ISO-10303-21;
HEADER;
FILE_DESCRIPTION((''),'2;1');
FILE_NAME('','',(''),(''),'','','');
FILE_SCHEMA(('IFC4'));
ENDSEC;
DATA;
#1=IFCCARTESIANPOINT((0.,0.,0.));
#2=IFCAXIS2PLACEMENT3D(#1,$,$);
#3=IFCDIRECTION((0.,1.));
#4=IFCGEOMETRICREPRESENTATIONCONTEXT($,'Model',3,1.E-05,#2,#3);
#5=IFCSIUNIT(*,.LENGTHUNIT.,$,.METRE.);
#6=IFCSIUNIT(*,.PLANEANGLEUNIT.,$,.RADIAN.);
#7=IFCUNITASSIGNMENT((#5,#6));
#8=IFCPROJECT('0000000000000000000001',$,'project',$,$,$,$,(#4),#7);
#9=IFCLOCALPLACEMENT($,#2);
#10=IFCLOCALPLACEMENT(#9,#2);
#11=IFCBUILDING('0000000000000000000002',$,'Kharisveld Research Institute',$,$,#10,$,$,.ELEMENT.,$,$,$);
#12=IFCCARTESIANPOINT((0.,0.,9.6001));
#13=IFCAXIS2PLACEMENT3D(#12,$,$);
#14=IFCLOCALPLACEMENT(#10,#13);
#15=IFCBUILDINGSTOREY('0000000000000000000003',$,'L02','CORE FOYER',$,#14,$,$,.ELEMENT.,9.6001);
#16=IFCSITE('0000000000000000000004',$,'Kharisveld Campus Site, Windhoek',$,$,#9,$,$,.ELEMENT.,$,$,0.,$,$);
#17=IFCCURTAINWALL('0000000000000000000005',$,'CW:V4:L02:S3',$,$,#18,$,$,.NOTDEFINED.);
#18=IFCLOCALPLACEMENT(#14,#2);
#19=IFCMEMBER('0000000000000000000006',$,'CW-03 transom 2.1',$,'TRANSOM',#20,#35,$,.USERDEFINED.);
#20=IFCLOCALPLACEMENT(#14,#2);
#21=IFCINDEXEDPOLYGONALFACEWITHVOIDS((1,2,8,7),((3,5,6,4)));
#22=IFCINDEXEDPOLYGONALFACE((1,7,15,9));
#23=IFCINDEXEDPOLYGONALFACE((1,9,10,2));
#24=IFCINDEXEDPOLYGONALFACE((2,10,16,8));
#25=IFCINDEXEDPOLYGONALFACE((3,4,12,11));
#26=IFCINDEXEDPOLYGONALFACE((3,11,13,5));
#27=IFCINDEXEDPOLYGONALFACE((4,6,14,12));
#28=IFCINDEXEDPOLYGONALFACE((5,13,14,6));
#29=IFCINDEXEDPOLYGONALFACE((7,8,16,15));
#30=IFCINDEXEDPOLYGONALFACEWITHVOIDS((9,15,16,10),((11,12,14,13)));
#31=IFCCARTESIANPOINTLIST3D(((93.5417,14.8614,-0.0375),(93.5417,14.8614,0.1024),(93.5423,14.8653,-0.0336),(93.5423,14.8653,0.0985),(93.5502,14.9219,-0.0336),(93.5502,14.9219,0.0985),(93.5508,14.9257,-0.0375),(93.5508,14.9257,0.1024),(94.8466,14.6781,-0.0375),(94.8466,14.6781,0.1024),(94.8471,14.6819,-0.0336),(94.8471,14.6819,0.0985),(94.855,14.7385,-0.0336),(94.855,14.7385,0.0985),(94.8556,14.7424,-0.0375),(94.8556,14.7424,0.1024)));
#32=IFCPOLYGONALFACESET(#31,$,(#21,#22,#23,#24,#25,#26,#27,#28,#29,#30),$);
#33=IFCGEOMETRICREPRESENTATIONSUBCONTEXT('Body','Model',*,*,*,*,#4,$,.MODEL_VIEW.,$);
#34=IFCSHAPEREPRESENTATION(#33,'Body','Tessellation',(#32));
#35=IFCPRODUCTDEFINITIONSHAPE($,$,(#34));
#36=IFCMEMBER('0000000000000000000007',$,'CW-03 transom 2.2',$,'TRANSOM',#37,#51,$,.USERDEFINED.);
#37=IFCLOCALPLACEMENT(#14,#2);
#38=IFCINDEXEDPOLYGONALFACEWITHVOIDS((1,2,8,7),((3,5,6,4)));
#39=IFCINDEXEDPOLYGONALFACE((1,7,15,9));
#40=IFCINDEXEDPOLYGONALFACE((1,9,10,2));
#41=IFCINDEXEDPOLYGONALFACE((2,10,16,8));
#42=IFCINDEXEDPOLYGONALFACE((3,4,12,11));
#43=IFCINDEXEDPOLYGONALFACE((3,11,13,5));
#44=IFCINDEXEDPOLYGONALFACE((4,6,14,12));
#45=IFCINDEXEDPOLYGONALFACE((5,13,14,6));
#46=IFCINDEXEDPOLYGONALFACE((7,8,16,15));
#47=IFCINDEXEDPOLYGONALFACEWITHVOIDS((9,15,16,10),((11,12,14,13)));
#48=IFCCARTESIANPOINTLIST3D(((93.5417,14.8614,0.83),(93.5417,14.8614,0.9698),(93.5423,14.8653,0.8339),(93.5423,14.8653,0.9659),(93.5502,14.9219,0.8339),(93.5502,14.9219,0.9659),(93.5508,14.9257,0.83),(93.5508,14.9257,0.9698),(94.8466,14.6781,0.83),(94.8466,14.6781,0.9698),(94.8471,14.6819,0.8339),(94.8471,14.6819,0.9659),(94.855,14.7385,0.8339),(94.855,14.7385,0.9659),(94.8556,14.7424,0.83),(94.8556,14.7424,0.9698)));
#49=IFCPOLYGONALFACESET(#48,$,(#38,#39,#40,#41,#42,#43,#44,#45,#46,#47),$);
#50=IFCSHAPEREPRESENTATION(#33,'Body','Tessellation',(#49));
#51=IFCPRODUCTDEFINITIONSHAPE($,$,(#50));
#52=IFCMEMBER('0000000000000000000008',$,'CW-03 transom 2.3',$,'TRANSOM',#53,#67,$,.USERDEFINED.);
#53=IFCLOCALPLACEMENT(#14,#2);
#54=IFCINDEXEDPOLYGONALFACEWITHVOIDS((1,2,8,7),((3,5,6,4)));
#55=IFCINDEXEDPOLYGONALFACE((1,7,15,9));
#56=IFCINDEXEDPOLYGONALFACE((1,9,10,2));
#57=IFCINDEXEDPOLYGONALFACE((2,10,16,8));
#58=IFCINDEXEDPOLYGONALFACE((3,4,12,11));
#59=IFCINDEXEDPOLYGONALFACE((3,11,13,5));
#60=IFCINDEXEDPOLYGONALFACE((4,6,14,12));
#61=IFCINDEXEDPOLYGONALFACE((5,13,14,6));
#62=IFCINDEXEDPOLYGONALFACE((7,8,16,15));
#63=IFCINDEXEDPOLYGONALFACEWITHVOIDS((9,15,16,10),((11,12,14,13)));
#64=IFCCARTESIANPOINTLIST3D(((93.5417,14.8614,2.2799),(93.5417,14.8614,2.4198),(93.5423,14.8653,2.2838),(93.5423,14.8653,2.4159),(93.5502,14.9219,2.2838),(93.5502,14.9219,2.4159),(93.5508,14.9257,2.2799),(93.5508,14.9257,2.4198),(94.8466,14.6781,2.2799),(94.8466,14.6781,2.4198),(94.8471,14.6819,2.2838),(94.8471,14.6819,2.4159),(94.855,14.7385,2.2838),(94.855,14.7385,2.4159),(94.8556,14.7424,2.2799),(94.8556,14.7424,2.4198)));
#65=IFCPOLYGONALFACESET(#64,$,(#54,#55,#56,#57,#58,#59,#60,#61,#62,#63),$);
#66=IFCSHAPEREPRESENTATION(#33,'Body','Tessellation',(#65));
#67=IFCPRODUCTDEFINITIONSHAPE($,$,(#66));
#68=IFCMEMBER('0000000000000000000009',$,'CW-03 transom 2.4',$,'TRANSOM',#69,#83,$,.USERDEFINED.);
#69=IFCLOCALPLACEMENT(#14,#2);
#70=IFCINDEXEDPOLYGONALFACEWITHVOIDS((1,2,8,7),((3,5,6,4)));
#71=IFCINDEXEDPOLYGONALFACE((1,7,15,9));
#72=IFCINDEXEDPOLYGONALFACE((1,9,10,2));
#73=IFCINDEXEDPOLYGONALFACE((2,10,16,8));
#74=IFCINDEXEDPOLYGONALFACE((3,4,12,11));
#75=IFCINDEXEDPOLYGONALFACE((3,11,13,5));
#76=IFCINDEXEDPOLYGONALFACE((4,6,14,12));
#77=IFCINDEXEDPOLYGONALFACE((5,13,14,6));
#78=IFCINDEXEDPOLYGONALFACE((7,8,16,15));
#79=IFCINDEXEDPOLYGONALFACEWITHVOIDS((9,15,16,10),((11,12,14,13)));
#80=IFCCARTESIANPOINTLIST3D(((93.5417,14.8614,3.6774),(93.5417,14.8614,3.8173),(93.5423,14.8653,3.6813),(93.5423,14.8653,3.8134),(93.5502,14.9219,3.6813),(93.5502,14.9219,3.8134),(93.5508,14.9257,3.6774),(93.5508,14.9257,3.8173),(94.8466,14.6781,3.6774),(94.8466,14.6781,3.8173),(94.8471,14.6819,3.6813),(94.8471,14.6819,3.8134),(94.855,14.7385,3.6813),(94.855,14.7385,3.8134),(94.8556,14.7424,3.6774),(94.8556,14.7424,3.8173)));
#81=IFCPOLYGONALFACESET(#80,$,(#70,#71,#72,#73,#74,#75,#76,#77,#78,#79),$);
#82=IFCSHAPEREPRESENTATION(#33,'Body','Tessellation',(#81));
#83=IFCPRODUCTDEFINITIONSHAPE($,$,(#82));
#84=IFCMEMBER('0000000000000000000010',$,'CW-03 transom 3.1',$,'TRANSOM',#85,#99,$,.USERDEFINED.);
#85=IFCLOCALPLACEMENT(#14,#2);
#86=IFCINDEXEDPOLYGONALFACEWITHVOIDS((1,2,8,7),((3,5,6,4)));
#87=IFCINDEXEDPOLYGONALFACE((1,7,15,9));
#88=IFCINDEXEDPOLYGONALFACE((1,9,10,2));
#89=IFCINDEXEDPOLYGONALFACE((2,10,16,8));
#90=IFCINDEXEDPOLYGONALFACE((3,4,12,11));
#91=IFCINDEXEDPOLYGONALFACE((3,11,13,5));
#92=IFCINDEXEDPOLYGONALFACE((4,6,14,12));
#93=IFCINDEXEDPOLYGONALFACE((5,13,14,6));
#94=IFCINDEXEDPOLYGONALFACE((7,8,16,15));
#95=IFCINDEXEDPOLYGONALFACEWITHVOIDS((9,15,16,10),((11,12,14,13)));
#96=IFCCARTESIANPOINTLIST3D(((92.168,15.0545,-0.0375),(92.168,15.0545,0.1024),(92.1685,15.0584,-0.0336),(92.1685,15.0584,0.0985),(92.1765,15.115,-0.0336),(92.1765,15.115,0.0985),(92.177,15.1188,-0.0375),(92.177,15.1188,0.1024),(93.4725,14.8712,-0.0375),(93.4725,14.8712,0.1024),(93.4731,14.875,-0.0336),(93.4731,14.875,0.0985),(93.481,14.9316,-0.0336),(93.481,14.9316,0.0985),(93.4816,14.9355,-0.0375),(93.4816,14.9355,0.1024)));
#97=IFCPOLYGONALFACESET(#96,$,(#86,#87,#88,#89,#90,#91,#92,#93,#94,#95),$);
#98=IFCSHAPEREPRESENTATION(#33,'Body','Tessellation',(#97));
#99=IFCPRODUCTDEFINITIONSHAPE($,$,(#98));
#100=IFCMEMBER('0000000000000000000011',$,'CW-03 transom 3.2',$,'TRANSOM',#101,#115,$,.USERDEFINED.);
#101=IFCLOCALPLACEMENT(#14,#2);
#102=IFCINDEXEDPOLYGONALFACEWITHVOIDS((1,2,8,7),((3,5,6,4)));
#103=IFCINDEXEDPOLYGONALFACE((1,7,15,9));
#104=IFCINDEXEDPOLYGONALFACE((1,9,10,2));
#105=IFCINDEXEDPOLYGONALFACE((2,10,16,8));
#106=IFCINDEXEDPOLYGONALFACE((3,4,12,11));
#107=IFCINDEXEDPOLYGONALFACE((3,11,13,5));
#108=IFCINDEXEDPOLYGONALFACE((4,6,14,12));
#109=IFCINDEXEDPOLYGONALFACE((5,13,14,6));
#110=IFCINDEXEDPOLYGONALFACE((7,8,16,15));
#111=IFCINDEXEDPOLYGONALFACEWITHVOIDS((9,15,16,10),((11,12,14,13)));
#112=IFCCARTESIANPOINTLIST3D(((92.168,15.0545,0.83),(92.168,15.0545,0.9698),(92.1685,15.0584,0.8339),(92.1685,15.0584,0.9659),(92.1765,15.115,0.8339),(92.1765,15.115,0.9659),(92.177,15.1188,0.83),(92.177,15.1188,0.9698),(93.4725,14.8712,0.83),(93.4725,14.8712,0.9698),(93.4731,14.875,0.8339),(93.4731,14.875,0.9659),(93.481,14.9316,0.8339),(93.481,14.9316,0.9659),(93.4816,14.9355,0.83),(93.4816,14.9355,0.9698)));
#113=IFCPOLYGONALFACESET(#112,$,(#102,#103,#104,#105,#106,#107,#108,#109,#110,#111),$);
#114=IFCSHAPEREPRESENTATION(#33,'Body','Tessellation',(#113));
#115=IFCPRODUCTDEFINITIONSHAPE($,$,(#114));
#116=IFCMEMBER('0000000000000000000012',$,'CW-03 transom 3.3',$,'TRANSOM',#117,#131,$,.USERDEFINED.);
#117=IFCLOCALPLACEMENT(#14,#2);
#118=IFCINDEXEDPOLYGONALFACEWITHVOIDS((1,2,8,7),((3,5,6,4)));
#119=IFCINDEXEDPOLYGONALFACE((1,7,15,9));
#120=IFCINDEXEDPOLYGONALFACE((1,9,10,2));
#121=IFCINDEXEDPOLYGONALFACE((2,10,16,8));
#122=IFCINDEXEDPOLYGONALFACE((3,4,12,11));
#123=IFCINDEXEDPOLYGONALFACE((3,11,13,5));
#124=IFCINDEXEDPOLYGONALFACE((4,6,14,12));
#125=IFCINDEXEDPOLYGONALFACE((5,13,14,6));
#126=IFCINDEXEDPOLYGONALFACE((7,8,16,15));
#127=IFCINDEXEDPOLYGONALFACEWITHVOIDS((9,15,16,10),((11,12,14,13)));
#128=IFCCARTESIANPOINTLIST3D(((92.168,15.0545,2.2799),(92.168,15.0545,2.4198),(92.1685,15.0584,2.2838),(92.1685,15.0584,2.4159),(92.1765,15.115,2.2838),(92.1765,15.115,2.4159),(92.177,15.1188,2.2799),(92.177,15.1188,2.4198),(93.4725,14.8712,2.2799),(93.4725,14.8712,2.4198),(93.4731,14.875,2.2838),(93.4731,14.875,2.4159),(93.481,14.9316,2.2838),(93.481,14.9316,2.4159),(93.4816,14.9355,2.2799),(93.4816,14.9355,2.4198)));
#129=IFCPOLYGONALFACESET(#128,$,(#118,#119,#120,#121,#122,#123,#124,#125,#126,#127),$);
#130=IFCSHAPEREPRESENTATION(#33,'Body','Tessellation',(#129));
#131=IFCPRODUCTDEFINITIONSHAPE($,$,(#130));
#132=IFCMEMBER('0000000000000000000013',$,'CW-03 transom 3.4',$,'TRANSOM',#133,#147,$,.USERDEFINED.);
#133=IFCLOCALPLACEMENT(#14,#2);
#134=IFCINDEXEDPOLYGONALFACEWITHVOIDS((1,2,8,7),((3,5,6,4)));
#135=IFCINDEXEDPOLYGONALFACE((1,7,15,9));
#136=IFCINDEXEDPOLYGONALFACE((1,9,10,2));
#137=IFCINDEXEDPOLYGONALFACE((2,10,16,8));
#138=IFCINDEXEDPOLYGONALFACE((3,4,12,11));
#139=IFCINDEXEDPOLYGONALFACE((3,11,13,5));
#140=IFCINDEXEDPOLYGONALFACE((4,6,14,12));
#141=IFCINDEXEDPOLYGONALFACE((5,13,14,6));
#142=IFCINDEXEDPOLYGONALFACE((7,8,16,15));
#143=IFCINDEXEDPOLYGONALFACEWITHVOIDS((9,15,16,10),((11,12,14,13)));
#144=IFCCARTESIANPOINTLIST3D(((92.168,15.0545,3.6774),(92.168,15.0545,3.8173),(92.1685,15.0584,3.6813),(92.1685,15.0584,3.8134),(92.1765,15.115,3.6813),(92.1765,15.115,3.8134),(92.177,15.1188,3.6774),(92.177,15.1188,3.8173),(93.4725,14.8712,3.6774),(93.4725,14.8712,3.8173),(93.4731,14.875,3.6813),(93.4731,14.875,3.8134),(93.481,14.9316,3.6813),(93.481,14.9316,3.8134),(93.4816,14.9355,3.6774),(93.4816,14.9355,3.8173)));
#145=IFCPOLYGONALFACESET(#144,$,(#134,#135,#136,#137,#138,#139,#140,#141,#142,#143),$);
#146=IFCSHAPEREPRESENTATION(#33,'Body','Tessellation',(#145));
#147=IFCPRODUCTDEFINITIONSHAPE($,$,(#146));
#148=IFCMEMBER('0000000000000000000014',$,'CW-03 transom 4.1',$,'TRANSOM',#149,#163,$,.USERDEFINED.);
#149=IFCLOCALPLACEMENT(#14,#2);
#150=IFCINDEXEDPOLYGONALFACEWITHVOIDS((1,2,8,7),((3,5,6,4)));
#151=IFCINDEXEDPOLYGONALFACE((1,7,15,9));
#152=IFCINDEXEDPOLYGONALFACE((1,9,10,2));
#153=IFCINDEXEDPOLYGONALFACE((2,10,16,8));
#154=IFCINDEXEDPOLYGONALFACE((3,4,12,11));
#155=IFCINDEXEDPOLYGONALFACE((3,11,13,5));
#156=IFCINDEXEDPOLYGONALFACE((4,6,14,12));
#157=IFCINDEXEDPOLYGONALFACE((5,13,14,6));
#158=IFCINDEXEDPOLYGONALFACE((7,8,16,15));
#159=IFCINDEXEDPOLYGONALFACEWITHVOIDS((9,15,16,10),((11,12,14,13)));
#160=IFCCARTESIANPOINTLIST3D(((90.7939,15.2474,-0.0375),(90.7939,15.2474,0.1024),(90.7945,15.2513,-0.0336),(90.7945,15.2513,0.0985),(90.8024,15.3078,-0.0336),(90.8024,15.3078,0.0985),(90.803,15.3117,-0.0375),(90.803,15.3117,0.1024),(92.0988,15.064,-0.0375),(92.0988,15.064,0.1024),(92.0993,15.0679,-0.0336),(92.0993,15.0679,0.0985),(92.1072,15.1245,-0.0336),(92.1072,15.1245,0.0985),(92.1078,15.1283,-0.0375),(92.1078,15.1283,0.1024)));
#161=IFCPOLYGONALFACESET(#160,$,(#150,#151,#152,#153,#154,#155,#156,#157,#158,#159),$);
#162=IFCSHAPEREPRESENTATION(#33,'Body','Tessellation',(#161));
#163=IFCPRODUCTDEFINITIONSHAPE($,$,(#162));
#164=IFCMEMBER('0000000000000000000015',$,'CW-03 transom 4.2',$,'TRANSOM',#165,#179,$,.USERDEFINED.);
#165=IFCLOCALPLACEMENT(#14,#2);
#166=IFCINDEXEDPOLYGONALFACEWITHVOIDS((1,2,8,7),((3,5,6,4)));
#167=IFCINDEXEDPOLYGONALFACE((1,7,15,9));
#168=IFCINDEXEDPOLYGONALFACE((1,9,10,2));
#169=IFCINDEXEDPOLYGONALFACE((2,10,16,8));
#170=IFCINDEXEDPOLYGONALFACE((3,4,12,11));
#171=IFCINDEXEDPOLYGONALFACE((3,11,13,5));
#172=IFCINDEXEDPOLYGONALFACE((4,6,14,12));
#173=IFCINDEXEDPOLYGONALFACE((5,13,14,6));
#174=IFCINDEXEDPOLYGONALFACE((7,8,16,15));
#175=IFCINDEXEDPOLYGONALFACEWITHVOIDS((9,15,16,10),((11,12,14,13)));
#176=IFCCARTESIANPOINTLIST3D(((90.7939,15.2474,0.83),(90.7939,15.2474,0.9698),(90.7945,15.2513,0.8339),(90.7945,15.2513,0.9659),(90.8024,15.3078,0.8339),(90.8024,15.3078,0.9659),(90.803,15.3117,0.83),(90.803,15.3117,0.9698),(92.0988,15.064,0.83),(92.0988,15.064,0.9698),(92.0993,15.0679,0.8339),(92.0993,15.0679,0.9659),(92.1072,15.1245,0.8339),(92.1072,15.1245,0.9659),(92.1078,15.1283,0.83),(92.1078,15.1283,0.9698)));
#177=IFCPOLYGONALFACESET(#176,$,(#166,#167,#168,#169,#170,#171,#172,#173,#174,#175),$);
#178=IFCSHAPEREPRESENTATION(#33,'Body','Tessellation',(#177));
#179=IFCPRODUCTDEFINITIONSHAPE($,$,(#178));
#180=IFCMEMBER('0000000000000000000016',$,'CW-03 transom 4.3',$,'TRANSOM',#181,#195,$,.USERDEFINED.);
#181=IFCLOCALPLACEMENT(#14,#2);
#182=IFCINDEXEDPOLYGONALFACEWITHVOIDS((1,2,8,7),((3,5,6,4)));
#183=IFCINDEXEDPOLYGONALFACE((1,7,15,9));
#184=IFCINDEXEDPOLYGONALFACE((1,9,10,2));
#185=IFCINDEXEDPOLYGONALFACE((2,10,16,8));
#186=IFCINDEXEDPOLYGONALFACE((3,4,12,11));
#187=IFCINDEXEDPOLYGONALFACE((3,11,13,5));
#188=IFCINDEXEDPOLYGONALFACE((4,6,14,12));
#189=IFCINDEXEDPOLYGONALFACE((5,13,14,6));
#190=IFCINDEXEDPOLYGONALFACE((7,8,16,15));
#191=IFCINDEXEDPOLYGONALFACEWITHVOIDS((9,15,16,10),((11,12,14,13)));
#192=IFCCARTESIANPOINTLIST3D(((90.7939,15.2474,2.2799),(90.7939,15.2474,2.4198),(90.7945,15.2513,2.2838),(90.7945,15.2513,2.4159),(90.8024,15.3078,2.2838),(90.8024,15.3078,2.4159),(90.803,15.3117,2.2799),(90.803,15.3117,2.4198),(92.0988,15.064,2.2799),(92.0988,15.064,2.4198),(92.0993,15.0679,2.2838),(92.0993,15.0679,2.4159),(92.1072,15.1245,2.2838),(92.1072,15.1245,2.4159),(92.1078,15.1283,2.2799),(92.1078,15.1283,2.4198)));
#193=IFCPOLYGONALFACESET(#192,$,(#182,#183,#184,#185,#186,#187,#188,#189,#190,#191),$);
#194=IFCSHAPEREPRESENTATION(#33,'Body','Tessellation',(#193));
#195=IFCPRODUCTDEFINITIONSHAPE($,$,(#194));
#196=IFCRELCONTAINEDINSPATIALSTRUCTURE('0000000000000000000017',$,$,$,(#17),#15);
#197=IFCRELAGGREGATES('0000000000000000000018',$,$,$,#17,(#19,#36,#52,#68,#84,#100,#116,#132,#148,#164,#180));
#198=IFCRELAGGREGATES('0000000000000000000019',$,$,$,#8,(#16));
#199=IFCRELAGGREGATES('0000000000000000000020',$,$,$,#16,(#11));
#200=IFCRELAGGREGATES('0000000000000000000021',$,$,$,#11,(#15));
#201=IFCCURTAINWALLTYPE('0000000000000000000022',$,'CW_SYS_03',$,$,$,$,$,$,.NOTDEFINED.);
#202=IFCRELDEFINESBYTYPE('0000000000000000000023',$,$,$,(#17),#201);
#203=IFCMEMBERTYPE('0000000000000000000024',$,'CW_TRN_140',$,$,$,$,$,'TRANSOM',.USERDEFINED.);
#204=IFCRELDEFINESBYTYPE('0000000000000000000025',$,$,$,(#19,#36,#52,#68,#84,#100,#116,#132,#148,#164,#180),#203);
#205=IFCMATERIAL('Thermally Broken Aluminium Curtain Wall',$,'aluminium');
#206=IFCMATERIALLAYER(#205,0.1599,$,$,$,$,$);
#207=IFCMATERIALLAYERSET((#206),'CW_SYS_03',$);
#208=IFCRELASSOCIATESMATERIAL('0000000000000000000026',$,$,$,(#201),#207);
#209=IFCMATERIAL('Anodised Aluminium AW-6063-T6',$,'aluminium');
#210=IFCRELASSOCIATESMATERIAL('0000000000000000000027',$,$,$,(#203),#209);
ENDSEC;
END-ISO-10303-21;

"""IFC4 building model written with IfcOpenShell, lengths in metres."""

from ifc_helpers import new_model, si_unit, direction, frame, origin, origin_2d, place, context, subcontext, project, spatial, hollow_rectangle, extrude, material, layer, layer_set, material_profile, profile_set, type_object, element, aggregate, save


model = new_model("IFC4")

# Units and contexts
model_context = context("Model", 3, precision=1e-05, world=origin(), true_north=direction((0.0, 1.0)))
body_context = subcontext(model_context, "Body", "Model", "MODEL_VIEW")
ifc_project = project(units=[si_unit("LENGTHUNIT", "METRE"), si_unit("PLANEANGLEUNIT", "RADIAN")], contexts=[model_context])

# Site, building, storey
site_placement = place(None, origin())
site = spatial("IfcSite", under=ifc_project, at=site_placement, Name="Kharisveld Campus Site, Windhoek", CompositionType="ELEMENT", RefElevation=0.0)
building_placement = place(site_placement, origin())
building = spatial("IfcBuilding", under=site, at=building_placement, Name="Kharisveld Research Institute", CompositionType="ELEMENT")
storey_placement = place(building_placement, frame((0.0, 0.0, 9.6001)))
storey = spatial("IfcBuildingStorey", under=building, at=storey_placement, Name="L02", Description="CORE FOYER", CompositionType="ELEMENT", Elevation=9.6001)

# Curtain wall, members
ifc_material_1 = material(Name="Thermally Broken Aluminium Curtain Wall", Category="aluminium")
ifc_layer_1 = layer(ifc_material_1, 0.1599)
ifc_layer_set_1 = layer_set([ifc_layer_1], Name="CW_SYS_03")
curtain_wall_type = type_object("IfcCurtainWallType", Name="CW_SYS_03", PredefinedType="NOTDEFINED", material=ifc_layer_set_1)
curtain_wall_placement = place(storey_placement, origin())
curtain_wall = element("IfcCurtainWall", 1, at=curtain_wall_placement, inside=storey, type_object=curtain_wall_type, Name="CW:V4:L02:S3", PredefinedType="NOTDEFINED")
ifc_material_2 = material(Name="Anodised Aluminium AW-6063-T6", Category="aluminium")
ifc_material_profile_1 = material_profile(ifc_material_2, hollow_rectangle(XDim=0.0649, YDim=0.1399, WallThickness=0.0039, at=origin_2d()))
ifc_profile_set_1 = profile_set([ifc_material_profile_1], Name="Anodised Aluminium AW-6063-T6")
member_type_1 = type_object("IfcMemberType", Name="CW_TRN_140", ElementType="TRANSOM", PredefinedType="USERDEFINED", material=ifc_profile_set_1)
member_1_placement = place(storey_placement, frame((94.8511, 14.7102, 0.0325), z_axis=(-0.990269, 0.139164, 0.0), x_axis=(-0.139164, -0.990269, 0.0)))
member_1 = element("IfcMember", 2, at=member_1_placement, type_object=member_type_1, Name="CW-03 transom 2.1", ObjectType="TRANSOM", PredefinedType="USERDEFINED", context=body_context, shape_type="SweptSolid", body=[
    extrude(hollow_rectangle(XDim=0.0649, YDim=0.1399, WallThickness=0.0039, at=origin_2d()), origin(), (0.0, 0.0, 1.0), 1.3176),
])
member_2_placement = place(storey_placement, frame((94.8511, 14.7102, 0.8999), z_axis=(-0.990269, 0.139164, 0.0), x_axis=(-0.139164, -0.990269, 0.0)))
member_2 = element("IfcMember", 3, at=member_2_placement, type_object=member_type_1, Name="CW-03 transom 2.2", ObjectType="TRANSOM", PredefinedType="USERDEFINED", context=body_context, shape_type="SweptSolid", body=[
    extrude(hollow_rectangle(XDim=0.0649, YDim=0.1399, WallThickness=0.0039, at=origin_2d()), origin(), (0.0, 0.0, 1.0), 1.3176),
])
member_3_placement = place(storey_placement, frame((94.8511, 14.7102, 2.3499), z_axis=(-0.990269, 0.139164, 0.0), x_axis=(-0.139164, -0.990269, 0.0)))
member_3 = element("IfcMember", 4, at=member_3_placement, type_object=member_type_1, Name="CW-03 transom 2.3", ObjectType="TRANSOM", PredefinedType="USERDEFINED", context=body_context, shape_type="SweptSolid", body=[
    extrude(hollow_rectangle(XDim=0.0649, YDim=0.1399, WallThickness=0.0039, at=origin_2d()), origin(), (0.0, 0.0, 1.0), 1.3176),
])
member_4_placement = place(storey_placement, frame((94.8511, 14.7102, 3.7473), z_axis=(-0.990269, 0.139164, 0.0), x_axis=(-0.139164, -0.990269, 0.0)))
member_4 = element("IfcMember", 5, at=member_4_placement, type_object=member_type_1, Name="CW-03 transom 2.4", ObjectType="TRANSOM", PredefinedType="USERDEFINED", context=body_context, shape_type="SweptSolid", body=[
    extrude(hollow_rectangle(XDim=0.0649, YDim=0.1399, WallThickness=0.0039, at=origin_2d()), origin(), (0.0, 0.0, 1.0), 1.3176),
])
member_5_placement = place(storey_placement, frame((93.4771, 14.9033, 0.0325), z_axis=(-0.990266, 0.13919, 0.0), x_axis=(-0.13919, -0.990266, 0.0)))
member_5 = element("IfcMember", 6, at=member_5_placement, type_object=member_type_1, Name="CW-03 transom 3.1", ObjectType="TRANSOM", PredefinedType="USERDEFINED", context=body_context, shape_type="SweptSolid", body=[
    extrude(hollow_rectangle(XDim=0.0649, YDim=0.1399, WallThickness=0.0039, at=origin_2d()), origin(), (0.0, 0.0, 1.0), 1.3174),
])
member_6_placement = place(storey_placement, frame((93.4771, 14.9033, 0.8999), z_axis=(-0.990266, 0.13919, 0.0), x_axis=(-0.13919, -0.990266, 0.0)))
member_6 = element("IfcMember", 7, at=member_6_placement, type_object=member_type_1, Name="CW-03 transom 3.2", ObjectType="TRANSOM", PredefinedType="USERDEFINED", context=body_context, shape_type="SweptSolid", body=[
    extrude(hollow_rectangle(XDim=0.0649, YDim=0.1399, WallThickness=0.0039, at=origin_2d()), origin(), (0.0, 0.0, 1.0), 1.3174),
])
member_7_placement = place(storey_placement, frame((93.4771, 14.9033, 2.3499), z_axis=(-0.990266, 0.13919, 0.0), x_axis=(-0.13919, -0.990266, 0.0)))
member_7 = element("IfcMember", 8, at=member_7_placement, type_object=member_type_1, Name="CW-03 transom 3.3", ObjectType="TRANSOM", PredefinedType="USERDEFINED", context=body_context, shape_type="SweptSolid", body=[
    extrude(hollow_rectangle(XDim=0.0649, YDim=0.1399, WallThickness=0.0039, at=origin_2d()), origin(), (0.0, 0.0, 1.0), 1.3174),
])
member_8_placement = place(storey_placement, frame((93.4771, 14.9033, 3.7473), z_axis=(-0.990266, 0.13919, 0.0), x_axis=(-0.13919, -0.990266, 0.0)))
member_8 = element("IfcMember", 9, at=member_8_placement, type_object=member_type_1, Name="CW-03 transom 3.4", ObjectType="TRANSOM", PredefinedType="USERDEFINED", context=body_context, shape_type="SweptSolid", body=[
    extrude(hollow_rectangle(XDim=0.0649, YDim=0.1399, WallThickness=0.0039, at=origin_2d()), origin(), (0.0, 0.0, 1.0), 1.3174),
])
member_9_placement = place(storey_placement, frame((92.1033, 15.0962, 0.0325), z_axis=(-0.990269, 0.139164, 0.0), x_axis=(-0.139164, -0.990269, 0.0)))
member_9 = element("IfcMember", 10, at=member_9_placement, type_object=member_type_1, Name="CW-03 transom 4.1", ObjectType="TRANSOM", PredefinedType="USERDEFINED", context=body_context, shape_type="SweptSolid", body=[
    extrude(hollow_rectangle(XDim=0.0649, YDim=0.1399, WallThickness=0.0039, at=origin_2d()), origin(), (0.0, 0.0, 1.0), 1.3176),
])
member_10_placement = place(storey_placement, frame((92.1033, 15.0962, 0.8999), z_axis=(-0.990269, 0.139164, 0.0), x_axis=(-0.139164, -0.990269, 0.0)))
member_10 = element("IfcMember", 11, at=member_10_placement, type_object=member_type_1, Name="CW-03 transom 4.2", ObjectType="TRANSOM", PredefinedType="USERDEFINED", context=body_context, shape_type="SweptSolid", body=[
    extrude(hollow_rectangle(XDim=0.0649, YDim=0.1399, WallThickness=0.0039, at=origin_2d()), origin(), (0.0, 0.0, 1.0), 1.3176),
])
member_11_placement = place(storey_placement, frame((92.1033, 15.0962, 2.3499), z_axis=(-0.990269, 0.139164, 0.0), x_axis=(-0.139164, -0.990269, 0.0)))
member_11 = element("IfcMember", 12, at=member_11_placement, type_object=member_type_1, Name="CW-03 transom 4.3", ObjectType="TRANSOM", PredefinedType="USERDEFINED", context=body_context, shape_type="SweptSolid", body=[
    extrude(hollow_rectangle(XDim=0.0649, YDim=0.1399, WallThickness=0.0039, at=origin_2d()), origin(), (0.0, 0.0, 1.0), 1.3176),
])

aggregate(curtain_wall, [member_1, member_2, member_3, member_4, member_5, member_6, member_7, member_8, member_9, member_10, member_11])

save(model, "model.ifc")
